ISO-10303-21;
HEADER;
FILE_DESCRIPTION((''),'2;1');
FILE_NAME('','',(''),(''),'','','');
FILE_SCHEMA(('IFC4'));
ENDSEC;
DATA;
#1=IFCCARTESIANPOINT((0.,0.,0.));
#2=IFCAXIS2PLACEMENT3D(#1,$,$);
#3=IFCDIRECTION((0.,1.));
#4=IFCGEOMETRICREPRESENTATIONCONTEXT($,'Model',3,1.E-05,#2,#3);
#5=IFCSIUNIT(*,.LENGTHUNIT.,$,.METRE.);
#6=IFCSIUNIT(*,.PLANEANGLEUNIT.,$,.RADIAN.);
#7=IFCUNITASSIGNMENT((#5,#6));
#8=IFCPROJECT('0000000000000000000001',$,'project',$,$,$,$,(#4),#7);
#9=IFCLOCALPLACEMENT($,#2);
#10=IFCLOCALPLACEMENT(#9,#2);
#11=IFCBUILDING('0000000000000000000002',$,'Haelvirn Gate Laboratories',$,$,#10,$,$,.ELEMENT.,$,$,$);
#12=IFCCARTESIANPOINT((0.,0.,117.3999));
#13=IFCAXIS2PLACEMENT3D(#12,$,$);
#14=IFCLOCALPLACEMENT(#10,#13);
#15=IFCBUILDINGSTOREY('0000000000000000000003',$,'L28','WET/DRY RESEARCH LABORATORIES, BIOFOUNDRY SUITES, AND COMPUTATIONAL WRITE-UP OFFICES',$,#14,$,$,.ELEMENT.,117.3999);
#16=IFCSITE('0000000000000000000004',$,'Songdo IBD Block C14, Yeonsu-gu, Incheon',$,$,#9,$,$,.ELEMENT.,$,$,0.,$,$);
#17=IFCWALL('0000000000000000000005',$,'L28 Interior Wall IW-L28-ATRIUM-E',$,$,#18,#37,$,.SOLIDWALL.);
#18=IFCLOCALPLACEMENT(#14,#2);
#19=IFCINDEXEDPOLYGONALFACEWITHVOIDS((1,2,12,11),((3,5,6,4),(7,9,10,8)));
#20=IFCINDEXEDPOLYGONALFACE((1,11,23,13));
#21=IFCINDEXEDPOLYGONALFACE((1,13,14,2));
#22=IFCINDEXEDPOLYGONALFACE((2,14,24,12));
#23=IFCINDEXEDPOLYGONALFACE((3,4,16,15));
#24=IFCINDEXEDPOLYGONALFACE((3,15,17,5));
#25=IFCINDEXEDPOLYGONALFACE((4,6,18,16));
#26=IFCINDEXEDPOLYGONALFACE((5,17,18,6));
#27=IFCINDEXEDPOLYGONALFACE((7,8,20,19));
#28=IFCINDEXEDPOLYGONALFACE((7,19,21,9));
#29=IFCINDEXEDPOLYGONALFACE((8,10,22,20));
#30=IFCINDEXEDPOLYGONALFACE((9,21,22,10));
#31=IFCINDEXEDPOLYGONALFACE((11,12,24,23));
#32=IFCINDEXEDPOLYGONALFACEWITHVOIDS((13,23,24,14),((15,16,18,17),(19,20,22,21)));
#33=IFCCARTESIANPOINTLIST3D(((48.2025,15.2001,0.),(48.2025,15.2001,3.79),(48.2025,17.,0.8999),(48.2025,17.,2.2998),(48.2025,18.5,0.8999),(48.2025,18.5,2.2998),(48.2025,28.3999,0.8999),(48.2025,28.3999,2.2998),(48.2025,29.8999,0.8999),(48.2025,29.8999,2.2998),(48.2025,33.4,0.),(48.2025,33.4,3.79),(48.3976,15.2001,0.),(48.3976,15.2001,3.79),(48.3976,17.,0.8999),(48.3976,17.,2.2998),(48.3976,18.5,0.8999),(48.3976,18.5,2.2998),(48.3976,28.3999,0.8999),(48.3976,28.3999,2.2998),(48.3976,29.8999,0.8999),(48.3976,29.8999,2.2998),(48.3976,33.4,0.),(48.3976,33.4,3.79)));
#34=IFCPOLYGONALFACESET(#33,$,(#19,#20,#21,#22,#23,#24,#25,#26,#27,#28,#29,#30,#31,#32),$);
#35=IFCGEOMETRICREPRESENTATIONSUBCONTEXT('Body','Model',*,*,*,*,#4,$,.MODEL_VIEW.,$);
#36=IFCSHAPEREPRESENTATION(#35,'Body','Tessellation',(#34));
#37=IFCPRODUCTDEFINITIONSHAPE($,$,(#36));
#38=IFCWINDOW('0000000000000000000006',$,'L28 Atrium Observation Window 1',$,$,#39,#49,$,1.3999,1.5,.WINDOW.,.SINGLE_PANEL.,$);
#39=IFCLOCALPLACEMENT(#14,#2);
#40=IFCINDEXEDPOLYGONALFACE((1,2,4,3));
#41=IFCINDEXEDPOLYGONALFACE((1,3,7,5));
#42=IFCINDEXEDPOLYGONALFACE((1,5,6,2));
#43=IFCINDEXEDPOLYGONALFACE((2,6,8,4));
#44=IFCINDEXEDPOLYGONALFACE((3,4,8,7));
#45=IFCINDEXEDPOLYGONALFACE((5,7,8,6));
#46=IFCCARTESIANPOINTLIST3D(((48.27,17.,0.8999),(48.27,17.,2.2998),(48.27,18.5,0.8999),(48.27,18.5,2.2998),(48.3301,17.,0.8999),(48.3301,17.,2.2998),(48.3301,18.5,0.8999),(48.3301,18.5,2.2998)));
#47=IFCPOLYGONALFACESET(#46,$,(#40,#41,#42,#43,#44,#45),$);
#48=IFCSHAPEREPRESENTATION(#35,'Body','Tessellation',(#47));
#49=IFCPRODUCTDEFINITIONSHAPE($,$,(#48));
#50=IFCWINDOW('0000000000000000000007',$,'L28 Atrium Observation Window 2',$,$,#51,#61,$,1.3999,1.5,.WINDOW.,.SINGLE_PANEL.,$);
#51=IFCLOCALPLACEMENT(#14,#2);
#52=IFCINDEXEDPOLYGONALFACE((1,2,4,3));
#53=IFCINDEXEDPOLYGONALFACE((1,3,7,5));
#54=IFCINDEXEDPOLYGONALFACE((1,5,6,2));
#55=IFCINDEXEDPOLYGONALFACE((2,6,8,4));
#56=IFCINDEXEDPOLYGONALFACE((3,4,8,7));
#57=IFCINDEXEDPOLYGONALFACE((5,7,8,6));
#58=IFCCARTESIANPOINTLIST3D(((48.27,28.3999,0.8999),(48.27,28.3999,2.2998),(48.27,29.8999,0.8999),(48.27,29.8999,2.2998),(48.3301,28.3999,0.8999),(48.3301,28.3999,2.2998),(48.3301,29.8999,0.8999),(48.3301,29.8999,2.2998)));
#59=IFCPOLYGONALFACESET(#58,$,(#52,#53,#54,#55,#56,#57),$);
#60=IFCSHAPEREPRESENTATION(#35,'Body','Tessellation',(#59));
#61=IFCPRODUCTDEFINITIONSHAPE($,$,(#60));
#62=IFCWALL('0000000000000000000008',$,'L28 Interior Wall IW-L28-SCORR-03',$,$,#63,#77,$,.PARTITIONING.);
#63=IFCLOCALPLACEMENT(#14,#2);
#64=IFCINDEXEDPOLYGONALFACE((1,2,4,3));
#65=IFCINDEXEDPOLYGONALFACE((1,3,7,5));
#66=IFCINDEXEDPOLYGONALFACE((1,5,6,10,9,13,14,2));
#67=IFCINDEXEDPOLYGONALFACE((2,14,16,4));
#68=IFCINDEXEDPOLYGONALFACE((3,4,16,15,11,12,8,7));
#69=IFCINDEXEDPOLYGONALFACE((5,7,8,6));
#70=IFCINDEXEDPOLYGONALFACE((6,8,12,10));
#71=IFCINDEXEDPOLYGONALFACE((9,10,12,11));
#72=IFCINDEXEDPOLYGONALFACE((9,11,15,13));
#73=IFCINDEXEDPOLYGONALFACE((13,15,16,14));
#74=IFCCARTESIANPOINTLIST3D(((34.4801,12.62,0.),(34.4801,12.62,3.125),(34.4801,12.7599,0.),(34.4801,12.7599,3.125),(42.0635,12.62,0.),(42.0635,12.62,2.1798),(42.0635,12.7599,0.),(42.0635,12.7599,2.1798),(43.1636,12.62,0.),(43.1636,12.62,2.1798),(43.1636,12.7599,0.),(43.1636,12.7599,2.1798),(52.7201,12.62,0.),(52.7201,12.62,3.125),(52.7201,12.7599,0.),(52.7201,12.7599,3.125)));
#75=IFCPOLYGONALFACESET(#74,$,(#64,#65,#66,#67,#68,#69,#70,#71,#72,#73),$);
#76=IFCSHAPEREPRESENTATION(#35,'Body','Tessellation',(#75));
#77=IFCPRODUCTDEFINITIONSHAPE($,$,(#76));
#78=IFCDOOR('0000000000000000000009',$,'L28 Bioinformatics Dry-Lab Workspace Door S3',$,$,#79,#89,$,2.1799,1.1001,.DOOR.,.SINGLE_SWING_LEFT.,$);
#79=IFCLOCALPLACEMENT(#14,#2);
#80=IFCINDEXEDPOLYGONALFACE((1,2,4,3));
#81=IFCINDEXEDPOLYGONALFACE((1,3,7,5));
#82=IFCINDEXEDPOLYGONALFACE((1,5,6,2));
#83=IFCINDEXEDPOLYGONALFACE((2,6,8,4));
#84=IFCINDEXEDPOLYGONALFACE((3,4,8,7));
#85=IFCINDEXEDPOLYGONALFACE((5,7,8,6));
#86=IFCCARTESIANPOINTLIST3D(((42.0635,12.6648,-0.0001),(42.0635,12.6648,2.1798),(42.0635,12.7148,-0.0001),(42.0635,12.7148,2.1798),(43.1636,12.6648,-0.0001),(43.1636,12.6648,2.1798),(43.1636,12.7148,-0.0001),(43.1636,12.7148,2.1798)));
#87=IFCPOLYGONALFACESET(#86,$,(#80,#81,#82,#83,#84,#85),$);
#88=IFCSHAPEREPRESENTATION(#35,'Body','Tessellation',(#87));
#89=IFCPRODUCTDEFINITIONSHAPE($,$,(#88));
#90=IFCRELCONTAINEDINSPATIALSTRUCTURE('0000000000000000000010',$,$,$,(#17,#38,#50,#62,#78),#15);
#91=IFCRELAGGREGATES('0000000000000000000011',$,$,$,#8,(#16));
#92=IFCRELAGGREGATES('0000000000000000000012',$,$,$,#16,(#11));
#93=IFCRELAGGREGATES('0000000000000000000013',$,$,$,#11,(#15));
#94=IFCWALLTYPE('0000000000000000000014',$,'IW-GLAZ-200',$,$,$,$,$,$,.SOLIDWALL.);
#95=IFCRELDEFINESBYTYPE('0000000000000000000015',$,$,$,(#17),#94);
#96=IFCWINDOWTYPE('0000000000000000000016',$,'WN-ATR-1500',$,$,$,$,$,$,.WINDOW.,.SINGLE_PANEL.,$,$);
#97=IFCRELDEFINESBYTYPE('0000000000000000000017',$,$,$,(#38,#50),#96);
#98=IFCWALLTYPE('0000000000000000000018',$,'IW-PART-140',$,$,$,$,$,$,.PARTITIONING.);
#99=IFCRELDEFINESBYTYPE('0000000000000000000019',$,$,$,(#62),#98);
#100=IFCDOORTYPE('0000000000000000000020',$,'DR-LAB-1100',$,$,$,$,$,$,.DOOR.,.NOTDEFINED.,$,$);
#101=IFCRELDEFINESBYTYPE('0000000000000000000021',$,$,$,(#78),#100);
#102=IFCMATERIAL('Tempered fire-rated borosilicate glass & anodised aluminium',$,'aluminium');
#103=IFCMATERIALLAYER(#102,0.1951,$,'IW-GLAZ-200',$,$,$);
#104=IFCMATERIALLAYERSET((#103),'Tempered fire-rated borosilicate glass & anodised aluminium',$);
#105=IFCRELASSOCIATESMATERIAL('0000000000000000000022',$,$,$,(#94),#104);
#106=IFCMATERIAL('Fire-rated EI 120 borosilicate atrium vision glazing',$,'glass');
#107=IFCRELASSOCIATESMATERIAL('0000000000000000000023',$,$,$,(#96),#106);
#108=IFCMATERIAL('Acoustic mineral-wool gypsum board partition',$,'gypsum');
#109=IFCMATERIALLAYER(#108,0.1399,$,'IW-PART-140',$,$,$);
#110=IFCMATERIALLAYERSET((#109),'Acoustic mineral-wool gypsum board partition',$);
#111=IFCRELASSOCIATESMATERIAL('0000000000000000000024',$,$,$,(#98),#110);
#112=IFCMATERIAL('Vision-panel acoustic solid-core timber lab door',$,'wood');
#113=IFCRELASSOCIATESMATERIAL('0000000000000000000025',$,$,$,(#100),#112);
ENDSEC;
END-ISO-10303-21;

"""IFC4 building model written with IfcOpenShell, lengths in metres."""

from ifc_helpers import new_model, si_unit, direction, frame, frame_2d, origin, place, context, subcontext, project, spatial, rectangle, extrude, source, transform, mapped, material, layer, layer_set, type_object, type_shapes, element, fill, save


model = new_model("IFC4")

# Units and contexts
model_context = context("Model", 3, precision=1e-05, world=origin(), true_north=direction((0.0, 1.0)))
body_context = subcontext(model_context, "Body", "Model", "MODEL_VIEW")
ifc_project = project(units=[si_unit("LENGTHUNIT", "METRE"), si_unit("PLANEANGLEUNIT", "RADIAN")], contexts=[model_context])

# Site, building, storey
site_placement = place(None, origin())
site = spatial("IfcSite", under=ifc_project, at=site_placement, Name="Songdo IBD Block C14, Yeonsu-gu, Incheon", CompositionType="ELEMENT", RefElevation=0.0)
building_placement = place(site_placement, origin())
building = spatial("IfcBuilding", under=site, at=building_placement, Name="Haelvirn Gate Laboratories", CompositionType="ELEMENT")
storey_placement = place(building_placement, frame((0.0, 0.0, 117.3999)))
storey = spatial("IfcBuildingStorey", under=building, at=storey_placement, Name="L28", Description="WET/DRY RESEARCH LABORATORIES, BIOFOUNDRY SUITES, AND COMPUTATIONAL WRITE-UP OFFICES", CompositionType="ELEMENT", Elevation=117.3999)

# Wall, openings, windows
ifc_material_1 = material(Name="Tempered fire-rated borosilicate glass & anodised aluminium", Category="aluminium")
ifc_layer_1 = layer(ifc_material_1, 0.1951, Name="IW-GLAZ-200")
ifc_layer_set_1 = layer_set([ifc_layer_1], Name="Tempered fire-rated borosilicate glass & anodised aluminium")
wall_type_1 = type_object("IfcWallType", Name="IW-GLAZ-200", PredefinedType="SOLIDWALL", material=ifc_layer_set_1)
wall_1_placement = place(storey_placement, frame((48.3, 15.2, 0.0), z_axis=(0.0, 0.0, 1.0), x_axis=(0.0, 1.0, 0.0)))
wall_1 = element("IfcWall", 1, at=wall_1_placement, inside=storey, type_object=wall_type_1, Name="L28 Interior Wall IW-L28-ATRIUM-E", PredefinedType="SOLIDWALL", context=body_context, shape_type="SweptSolid", body=[
    extrude(rectangle(XDim=18.2, YDim=0.1951, at=frame_2d((9.1001, 0.0))), origin(), (0.0, 0.0, 1.0), 3.79),
])
opening_1_placement = place(wall_1_placement, frame((1.8, 0.0, 0.8999)))
opening_1 = element("IfcOpeningElement", 2, at=opening_1_placement, cuts=wall_1, PredefinedType="OPENING", context=body_context, shape_type="SweptSolid", body=[
    extrude(rectangle(XDim=1.5, YDim=1.3999, at=frame_2d((0.75, 0.7))), frame((0.0, 0.1074, 0.0), z_axis=(0.0, -1.0, 0.0), x_axis=(1.0, 0.0, 0.0)), (0.0, 0.0, 1.0), 0.2151),
])
opening_2_placement = place(wall_1_placement, frame((13.2, 0.0, 0.8999)))
opening_2 = element("IfcOpeningElement", 3, at=opening_2_placement, cuts=wall_1, PredefinedType="OPENING", context=body_context, shape_type="SweptSolid", body=[
    extrude(rectangle(XDim=1.5, YDim=1.3999, at=frame_2d((0.75, 0.7))), frame((0.0, 0.1074, 0.0), z_axis=(0.0, -1.0, 0.0), x_axis=(1.0, 0.0, 0.0)), (0.0, 0.0, 1.0), 0.2151),
])
ifc_material_2 = material(Name="Fire-rated EI 120 borosilicate atrium vision glazing", Category="glass")
window_type = type_object("IfcWindowType", Name="WN-ATR-1500", PartitioningType="SINGLE_PANEL", PredefinedType="WINDOW", material=ifc_material_2)
shared_shape_1 = source(origin(), body_context, "Body", "SweptSolid", [
    extrude(rectangle(XDim=1.5, YDim=1.3999, at=frame_2d((0.75, 0.7))), frame((0.0, 0.03, 0.0), z_axis=(0.0, -1.0, 0.0), x_axis=(1.0, 0.0, 0.0)), (0.0, 0.0, 1.0), 0.0601),
])
type_shapes(window_type, [shared_shape_1])
window_1_placement = place(opening_1_placement, origin())
window_1 = element("IfcWindow", 4, at=window_1_placement, inside=storey, type_object=window_type, Name="L28 Atrium Observation Window 1", OverallHeight=1.3999, OverallWidth=1.5, PartitioningType="SINGLE_PANEL", PredefinedType="WINDOW", context=body_context, shape_type="MappedRepresentation", body=[
    mapped(shared_shape_1, transform((0.0, 0.0, 0.0), scale=1.0)),
])
fill(opening_1, window_1)
window_2_placement = place(opening_2_placement, origin())
window_2 = element("IfcWindow", 5, at=window_2_placement, inside=storey, type_object=window_type, Name="L28 Atrium Observation Window 2", OverallHeight=1.3999, OverallWidth=1.5, PartitioningType="SINGLE_PANEL", PredefinedType="WINDOW", context=body_context, shape_type="MappedRepresentation", body=[
    mapped(shared_shape_1, transform((0.0, 0.0, 0.0), scale=1.0)),
])
fill(opening_2, window_2)

# Wall, opening, door
ifc_material_3 = material(Name="Acoustic mineral-wool gypsum board partition", Category="gypsum")
ifc_layer_2 = layer(ifc_material_3, 0.1399, Name="IW-PART-140")
ifc_layer_set_2 = layer_set([ifc_layer_2], Name="Acoustic mineral-wool gypsum board partition")
wall_type_2 = type_object("IfcWallType", Name="IW-PART-140", PredefinedType="PARTITIONING", material=ifc_layer_set_2)
wall_2_placement = place(storey_placement, frame((34.48, 12.6899, 0.0), z_axis=(0.0, 0.0, 1.0), x_axis=(1.0, 0.0, 0.0)))
wall_2 = element("IfcWall", 6, at=wall_2_placement, inside=storey, type_object=wall_type_2, Name="L28 Interior Wall IW-L28-SCORR-03", PredefinedType="PARTITIONING", context=body_context, shape_type="SweptSolid", body=[
    extrude(rectangle(XDim=18.24, YDim=0.1399, at=frame_2d((9.1201, 0.0))), origin(), (0.0, 0.0, 1.0), 3.125),
])
opening_3_placement = place(wall_2_placement, frame((7.5835, 0.0, 0.0)))
opening_3 = element("IfcOpeningElement", 7, at=opening_3_placement, cuts=wall_2, PredefinedType="OPENING", context=body_context, shape_type="SweptSolid", body=[
    extrude(rectangle(XDim=1.1001, YDim=2.1799, at=frame_2d((0.55, 1.0898))), frame((0.0, 0.0801, 0.0), z_axis=(0.0, -1.0, 0.0), x_axis=(1.0, 0.0, 0.0)), (0.0, 0.0, 1.0), 0.1599),
])
ifc_material_4 = material(Name="Vision-panel acoustic solid-core timber lab door", Category="wood")
door_type_1 = type_object("IfcDoorType", Name="DR-LAB-1100", OperationType="NOTDEFINED", PredefinedType="DOOR", material=ifc_material_4)
shared_shape_2 = source(origin(), body_context, "Body", "SweptSolid", [
    extrude(rectangle(XDim=1.1001, YDim=2.1799, at=frame_2d((0.55, 1.0898))), frame((0.0, 0.0249, 0.0), z_axis=(0.0, -1.0, 0.0), x_axis=(1.0, 0.0, 0.0)), (0.0, 0.0, 1.0), 0.05),
])
type_shapes(door_type_1, [shared_shape_2])
door_1_placement = place(opening_3_placement, origin())
door_1 = element("IfcDoor", 8, at=door_1_placement, inside=storey, type_object=door_type_1, Name="L28 Bioinformatics Dry-Lab Workspace Door S3", OperationType="SINGLE_SWING_LEFT", OverallHeight=2.1799, OverallWidth=1.1001, PredefinedType="DOOR", context=body_context, shape_type="MappedRepresentation", body=[
    mapped(shared_shape_2, transform((0.0, 0.0, 0.0), scale=1.0)),
])
fill(opening_3, door_1)

save(model, "model.ifc")
